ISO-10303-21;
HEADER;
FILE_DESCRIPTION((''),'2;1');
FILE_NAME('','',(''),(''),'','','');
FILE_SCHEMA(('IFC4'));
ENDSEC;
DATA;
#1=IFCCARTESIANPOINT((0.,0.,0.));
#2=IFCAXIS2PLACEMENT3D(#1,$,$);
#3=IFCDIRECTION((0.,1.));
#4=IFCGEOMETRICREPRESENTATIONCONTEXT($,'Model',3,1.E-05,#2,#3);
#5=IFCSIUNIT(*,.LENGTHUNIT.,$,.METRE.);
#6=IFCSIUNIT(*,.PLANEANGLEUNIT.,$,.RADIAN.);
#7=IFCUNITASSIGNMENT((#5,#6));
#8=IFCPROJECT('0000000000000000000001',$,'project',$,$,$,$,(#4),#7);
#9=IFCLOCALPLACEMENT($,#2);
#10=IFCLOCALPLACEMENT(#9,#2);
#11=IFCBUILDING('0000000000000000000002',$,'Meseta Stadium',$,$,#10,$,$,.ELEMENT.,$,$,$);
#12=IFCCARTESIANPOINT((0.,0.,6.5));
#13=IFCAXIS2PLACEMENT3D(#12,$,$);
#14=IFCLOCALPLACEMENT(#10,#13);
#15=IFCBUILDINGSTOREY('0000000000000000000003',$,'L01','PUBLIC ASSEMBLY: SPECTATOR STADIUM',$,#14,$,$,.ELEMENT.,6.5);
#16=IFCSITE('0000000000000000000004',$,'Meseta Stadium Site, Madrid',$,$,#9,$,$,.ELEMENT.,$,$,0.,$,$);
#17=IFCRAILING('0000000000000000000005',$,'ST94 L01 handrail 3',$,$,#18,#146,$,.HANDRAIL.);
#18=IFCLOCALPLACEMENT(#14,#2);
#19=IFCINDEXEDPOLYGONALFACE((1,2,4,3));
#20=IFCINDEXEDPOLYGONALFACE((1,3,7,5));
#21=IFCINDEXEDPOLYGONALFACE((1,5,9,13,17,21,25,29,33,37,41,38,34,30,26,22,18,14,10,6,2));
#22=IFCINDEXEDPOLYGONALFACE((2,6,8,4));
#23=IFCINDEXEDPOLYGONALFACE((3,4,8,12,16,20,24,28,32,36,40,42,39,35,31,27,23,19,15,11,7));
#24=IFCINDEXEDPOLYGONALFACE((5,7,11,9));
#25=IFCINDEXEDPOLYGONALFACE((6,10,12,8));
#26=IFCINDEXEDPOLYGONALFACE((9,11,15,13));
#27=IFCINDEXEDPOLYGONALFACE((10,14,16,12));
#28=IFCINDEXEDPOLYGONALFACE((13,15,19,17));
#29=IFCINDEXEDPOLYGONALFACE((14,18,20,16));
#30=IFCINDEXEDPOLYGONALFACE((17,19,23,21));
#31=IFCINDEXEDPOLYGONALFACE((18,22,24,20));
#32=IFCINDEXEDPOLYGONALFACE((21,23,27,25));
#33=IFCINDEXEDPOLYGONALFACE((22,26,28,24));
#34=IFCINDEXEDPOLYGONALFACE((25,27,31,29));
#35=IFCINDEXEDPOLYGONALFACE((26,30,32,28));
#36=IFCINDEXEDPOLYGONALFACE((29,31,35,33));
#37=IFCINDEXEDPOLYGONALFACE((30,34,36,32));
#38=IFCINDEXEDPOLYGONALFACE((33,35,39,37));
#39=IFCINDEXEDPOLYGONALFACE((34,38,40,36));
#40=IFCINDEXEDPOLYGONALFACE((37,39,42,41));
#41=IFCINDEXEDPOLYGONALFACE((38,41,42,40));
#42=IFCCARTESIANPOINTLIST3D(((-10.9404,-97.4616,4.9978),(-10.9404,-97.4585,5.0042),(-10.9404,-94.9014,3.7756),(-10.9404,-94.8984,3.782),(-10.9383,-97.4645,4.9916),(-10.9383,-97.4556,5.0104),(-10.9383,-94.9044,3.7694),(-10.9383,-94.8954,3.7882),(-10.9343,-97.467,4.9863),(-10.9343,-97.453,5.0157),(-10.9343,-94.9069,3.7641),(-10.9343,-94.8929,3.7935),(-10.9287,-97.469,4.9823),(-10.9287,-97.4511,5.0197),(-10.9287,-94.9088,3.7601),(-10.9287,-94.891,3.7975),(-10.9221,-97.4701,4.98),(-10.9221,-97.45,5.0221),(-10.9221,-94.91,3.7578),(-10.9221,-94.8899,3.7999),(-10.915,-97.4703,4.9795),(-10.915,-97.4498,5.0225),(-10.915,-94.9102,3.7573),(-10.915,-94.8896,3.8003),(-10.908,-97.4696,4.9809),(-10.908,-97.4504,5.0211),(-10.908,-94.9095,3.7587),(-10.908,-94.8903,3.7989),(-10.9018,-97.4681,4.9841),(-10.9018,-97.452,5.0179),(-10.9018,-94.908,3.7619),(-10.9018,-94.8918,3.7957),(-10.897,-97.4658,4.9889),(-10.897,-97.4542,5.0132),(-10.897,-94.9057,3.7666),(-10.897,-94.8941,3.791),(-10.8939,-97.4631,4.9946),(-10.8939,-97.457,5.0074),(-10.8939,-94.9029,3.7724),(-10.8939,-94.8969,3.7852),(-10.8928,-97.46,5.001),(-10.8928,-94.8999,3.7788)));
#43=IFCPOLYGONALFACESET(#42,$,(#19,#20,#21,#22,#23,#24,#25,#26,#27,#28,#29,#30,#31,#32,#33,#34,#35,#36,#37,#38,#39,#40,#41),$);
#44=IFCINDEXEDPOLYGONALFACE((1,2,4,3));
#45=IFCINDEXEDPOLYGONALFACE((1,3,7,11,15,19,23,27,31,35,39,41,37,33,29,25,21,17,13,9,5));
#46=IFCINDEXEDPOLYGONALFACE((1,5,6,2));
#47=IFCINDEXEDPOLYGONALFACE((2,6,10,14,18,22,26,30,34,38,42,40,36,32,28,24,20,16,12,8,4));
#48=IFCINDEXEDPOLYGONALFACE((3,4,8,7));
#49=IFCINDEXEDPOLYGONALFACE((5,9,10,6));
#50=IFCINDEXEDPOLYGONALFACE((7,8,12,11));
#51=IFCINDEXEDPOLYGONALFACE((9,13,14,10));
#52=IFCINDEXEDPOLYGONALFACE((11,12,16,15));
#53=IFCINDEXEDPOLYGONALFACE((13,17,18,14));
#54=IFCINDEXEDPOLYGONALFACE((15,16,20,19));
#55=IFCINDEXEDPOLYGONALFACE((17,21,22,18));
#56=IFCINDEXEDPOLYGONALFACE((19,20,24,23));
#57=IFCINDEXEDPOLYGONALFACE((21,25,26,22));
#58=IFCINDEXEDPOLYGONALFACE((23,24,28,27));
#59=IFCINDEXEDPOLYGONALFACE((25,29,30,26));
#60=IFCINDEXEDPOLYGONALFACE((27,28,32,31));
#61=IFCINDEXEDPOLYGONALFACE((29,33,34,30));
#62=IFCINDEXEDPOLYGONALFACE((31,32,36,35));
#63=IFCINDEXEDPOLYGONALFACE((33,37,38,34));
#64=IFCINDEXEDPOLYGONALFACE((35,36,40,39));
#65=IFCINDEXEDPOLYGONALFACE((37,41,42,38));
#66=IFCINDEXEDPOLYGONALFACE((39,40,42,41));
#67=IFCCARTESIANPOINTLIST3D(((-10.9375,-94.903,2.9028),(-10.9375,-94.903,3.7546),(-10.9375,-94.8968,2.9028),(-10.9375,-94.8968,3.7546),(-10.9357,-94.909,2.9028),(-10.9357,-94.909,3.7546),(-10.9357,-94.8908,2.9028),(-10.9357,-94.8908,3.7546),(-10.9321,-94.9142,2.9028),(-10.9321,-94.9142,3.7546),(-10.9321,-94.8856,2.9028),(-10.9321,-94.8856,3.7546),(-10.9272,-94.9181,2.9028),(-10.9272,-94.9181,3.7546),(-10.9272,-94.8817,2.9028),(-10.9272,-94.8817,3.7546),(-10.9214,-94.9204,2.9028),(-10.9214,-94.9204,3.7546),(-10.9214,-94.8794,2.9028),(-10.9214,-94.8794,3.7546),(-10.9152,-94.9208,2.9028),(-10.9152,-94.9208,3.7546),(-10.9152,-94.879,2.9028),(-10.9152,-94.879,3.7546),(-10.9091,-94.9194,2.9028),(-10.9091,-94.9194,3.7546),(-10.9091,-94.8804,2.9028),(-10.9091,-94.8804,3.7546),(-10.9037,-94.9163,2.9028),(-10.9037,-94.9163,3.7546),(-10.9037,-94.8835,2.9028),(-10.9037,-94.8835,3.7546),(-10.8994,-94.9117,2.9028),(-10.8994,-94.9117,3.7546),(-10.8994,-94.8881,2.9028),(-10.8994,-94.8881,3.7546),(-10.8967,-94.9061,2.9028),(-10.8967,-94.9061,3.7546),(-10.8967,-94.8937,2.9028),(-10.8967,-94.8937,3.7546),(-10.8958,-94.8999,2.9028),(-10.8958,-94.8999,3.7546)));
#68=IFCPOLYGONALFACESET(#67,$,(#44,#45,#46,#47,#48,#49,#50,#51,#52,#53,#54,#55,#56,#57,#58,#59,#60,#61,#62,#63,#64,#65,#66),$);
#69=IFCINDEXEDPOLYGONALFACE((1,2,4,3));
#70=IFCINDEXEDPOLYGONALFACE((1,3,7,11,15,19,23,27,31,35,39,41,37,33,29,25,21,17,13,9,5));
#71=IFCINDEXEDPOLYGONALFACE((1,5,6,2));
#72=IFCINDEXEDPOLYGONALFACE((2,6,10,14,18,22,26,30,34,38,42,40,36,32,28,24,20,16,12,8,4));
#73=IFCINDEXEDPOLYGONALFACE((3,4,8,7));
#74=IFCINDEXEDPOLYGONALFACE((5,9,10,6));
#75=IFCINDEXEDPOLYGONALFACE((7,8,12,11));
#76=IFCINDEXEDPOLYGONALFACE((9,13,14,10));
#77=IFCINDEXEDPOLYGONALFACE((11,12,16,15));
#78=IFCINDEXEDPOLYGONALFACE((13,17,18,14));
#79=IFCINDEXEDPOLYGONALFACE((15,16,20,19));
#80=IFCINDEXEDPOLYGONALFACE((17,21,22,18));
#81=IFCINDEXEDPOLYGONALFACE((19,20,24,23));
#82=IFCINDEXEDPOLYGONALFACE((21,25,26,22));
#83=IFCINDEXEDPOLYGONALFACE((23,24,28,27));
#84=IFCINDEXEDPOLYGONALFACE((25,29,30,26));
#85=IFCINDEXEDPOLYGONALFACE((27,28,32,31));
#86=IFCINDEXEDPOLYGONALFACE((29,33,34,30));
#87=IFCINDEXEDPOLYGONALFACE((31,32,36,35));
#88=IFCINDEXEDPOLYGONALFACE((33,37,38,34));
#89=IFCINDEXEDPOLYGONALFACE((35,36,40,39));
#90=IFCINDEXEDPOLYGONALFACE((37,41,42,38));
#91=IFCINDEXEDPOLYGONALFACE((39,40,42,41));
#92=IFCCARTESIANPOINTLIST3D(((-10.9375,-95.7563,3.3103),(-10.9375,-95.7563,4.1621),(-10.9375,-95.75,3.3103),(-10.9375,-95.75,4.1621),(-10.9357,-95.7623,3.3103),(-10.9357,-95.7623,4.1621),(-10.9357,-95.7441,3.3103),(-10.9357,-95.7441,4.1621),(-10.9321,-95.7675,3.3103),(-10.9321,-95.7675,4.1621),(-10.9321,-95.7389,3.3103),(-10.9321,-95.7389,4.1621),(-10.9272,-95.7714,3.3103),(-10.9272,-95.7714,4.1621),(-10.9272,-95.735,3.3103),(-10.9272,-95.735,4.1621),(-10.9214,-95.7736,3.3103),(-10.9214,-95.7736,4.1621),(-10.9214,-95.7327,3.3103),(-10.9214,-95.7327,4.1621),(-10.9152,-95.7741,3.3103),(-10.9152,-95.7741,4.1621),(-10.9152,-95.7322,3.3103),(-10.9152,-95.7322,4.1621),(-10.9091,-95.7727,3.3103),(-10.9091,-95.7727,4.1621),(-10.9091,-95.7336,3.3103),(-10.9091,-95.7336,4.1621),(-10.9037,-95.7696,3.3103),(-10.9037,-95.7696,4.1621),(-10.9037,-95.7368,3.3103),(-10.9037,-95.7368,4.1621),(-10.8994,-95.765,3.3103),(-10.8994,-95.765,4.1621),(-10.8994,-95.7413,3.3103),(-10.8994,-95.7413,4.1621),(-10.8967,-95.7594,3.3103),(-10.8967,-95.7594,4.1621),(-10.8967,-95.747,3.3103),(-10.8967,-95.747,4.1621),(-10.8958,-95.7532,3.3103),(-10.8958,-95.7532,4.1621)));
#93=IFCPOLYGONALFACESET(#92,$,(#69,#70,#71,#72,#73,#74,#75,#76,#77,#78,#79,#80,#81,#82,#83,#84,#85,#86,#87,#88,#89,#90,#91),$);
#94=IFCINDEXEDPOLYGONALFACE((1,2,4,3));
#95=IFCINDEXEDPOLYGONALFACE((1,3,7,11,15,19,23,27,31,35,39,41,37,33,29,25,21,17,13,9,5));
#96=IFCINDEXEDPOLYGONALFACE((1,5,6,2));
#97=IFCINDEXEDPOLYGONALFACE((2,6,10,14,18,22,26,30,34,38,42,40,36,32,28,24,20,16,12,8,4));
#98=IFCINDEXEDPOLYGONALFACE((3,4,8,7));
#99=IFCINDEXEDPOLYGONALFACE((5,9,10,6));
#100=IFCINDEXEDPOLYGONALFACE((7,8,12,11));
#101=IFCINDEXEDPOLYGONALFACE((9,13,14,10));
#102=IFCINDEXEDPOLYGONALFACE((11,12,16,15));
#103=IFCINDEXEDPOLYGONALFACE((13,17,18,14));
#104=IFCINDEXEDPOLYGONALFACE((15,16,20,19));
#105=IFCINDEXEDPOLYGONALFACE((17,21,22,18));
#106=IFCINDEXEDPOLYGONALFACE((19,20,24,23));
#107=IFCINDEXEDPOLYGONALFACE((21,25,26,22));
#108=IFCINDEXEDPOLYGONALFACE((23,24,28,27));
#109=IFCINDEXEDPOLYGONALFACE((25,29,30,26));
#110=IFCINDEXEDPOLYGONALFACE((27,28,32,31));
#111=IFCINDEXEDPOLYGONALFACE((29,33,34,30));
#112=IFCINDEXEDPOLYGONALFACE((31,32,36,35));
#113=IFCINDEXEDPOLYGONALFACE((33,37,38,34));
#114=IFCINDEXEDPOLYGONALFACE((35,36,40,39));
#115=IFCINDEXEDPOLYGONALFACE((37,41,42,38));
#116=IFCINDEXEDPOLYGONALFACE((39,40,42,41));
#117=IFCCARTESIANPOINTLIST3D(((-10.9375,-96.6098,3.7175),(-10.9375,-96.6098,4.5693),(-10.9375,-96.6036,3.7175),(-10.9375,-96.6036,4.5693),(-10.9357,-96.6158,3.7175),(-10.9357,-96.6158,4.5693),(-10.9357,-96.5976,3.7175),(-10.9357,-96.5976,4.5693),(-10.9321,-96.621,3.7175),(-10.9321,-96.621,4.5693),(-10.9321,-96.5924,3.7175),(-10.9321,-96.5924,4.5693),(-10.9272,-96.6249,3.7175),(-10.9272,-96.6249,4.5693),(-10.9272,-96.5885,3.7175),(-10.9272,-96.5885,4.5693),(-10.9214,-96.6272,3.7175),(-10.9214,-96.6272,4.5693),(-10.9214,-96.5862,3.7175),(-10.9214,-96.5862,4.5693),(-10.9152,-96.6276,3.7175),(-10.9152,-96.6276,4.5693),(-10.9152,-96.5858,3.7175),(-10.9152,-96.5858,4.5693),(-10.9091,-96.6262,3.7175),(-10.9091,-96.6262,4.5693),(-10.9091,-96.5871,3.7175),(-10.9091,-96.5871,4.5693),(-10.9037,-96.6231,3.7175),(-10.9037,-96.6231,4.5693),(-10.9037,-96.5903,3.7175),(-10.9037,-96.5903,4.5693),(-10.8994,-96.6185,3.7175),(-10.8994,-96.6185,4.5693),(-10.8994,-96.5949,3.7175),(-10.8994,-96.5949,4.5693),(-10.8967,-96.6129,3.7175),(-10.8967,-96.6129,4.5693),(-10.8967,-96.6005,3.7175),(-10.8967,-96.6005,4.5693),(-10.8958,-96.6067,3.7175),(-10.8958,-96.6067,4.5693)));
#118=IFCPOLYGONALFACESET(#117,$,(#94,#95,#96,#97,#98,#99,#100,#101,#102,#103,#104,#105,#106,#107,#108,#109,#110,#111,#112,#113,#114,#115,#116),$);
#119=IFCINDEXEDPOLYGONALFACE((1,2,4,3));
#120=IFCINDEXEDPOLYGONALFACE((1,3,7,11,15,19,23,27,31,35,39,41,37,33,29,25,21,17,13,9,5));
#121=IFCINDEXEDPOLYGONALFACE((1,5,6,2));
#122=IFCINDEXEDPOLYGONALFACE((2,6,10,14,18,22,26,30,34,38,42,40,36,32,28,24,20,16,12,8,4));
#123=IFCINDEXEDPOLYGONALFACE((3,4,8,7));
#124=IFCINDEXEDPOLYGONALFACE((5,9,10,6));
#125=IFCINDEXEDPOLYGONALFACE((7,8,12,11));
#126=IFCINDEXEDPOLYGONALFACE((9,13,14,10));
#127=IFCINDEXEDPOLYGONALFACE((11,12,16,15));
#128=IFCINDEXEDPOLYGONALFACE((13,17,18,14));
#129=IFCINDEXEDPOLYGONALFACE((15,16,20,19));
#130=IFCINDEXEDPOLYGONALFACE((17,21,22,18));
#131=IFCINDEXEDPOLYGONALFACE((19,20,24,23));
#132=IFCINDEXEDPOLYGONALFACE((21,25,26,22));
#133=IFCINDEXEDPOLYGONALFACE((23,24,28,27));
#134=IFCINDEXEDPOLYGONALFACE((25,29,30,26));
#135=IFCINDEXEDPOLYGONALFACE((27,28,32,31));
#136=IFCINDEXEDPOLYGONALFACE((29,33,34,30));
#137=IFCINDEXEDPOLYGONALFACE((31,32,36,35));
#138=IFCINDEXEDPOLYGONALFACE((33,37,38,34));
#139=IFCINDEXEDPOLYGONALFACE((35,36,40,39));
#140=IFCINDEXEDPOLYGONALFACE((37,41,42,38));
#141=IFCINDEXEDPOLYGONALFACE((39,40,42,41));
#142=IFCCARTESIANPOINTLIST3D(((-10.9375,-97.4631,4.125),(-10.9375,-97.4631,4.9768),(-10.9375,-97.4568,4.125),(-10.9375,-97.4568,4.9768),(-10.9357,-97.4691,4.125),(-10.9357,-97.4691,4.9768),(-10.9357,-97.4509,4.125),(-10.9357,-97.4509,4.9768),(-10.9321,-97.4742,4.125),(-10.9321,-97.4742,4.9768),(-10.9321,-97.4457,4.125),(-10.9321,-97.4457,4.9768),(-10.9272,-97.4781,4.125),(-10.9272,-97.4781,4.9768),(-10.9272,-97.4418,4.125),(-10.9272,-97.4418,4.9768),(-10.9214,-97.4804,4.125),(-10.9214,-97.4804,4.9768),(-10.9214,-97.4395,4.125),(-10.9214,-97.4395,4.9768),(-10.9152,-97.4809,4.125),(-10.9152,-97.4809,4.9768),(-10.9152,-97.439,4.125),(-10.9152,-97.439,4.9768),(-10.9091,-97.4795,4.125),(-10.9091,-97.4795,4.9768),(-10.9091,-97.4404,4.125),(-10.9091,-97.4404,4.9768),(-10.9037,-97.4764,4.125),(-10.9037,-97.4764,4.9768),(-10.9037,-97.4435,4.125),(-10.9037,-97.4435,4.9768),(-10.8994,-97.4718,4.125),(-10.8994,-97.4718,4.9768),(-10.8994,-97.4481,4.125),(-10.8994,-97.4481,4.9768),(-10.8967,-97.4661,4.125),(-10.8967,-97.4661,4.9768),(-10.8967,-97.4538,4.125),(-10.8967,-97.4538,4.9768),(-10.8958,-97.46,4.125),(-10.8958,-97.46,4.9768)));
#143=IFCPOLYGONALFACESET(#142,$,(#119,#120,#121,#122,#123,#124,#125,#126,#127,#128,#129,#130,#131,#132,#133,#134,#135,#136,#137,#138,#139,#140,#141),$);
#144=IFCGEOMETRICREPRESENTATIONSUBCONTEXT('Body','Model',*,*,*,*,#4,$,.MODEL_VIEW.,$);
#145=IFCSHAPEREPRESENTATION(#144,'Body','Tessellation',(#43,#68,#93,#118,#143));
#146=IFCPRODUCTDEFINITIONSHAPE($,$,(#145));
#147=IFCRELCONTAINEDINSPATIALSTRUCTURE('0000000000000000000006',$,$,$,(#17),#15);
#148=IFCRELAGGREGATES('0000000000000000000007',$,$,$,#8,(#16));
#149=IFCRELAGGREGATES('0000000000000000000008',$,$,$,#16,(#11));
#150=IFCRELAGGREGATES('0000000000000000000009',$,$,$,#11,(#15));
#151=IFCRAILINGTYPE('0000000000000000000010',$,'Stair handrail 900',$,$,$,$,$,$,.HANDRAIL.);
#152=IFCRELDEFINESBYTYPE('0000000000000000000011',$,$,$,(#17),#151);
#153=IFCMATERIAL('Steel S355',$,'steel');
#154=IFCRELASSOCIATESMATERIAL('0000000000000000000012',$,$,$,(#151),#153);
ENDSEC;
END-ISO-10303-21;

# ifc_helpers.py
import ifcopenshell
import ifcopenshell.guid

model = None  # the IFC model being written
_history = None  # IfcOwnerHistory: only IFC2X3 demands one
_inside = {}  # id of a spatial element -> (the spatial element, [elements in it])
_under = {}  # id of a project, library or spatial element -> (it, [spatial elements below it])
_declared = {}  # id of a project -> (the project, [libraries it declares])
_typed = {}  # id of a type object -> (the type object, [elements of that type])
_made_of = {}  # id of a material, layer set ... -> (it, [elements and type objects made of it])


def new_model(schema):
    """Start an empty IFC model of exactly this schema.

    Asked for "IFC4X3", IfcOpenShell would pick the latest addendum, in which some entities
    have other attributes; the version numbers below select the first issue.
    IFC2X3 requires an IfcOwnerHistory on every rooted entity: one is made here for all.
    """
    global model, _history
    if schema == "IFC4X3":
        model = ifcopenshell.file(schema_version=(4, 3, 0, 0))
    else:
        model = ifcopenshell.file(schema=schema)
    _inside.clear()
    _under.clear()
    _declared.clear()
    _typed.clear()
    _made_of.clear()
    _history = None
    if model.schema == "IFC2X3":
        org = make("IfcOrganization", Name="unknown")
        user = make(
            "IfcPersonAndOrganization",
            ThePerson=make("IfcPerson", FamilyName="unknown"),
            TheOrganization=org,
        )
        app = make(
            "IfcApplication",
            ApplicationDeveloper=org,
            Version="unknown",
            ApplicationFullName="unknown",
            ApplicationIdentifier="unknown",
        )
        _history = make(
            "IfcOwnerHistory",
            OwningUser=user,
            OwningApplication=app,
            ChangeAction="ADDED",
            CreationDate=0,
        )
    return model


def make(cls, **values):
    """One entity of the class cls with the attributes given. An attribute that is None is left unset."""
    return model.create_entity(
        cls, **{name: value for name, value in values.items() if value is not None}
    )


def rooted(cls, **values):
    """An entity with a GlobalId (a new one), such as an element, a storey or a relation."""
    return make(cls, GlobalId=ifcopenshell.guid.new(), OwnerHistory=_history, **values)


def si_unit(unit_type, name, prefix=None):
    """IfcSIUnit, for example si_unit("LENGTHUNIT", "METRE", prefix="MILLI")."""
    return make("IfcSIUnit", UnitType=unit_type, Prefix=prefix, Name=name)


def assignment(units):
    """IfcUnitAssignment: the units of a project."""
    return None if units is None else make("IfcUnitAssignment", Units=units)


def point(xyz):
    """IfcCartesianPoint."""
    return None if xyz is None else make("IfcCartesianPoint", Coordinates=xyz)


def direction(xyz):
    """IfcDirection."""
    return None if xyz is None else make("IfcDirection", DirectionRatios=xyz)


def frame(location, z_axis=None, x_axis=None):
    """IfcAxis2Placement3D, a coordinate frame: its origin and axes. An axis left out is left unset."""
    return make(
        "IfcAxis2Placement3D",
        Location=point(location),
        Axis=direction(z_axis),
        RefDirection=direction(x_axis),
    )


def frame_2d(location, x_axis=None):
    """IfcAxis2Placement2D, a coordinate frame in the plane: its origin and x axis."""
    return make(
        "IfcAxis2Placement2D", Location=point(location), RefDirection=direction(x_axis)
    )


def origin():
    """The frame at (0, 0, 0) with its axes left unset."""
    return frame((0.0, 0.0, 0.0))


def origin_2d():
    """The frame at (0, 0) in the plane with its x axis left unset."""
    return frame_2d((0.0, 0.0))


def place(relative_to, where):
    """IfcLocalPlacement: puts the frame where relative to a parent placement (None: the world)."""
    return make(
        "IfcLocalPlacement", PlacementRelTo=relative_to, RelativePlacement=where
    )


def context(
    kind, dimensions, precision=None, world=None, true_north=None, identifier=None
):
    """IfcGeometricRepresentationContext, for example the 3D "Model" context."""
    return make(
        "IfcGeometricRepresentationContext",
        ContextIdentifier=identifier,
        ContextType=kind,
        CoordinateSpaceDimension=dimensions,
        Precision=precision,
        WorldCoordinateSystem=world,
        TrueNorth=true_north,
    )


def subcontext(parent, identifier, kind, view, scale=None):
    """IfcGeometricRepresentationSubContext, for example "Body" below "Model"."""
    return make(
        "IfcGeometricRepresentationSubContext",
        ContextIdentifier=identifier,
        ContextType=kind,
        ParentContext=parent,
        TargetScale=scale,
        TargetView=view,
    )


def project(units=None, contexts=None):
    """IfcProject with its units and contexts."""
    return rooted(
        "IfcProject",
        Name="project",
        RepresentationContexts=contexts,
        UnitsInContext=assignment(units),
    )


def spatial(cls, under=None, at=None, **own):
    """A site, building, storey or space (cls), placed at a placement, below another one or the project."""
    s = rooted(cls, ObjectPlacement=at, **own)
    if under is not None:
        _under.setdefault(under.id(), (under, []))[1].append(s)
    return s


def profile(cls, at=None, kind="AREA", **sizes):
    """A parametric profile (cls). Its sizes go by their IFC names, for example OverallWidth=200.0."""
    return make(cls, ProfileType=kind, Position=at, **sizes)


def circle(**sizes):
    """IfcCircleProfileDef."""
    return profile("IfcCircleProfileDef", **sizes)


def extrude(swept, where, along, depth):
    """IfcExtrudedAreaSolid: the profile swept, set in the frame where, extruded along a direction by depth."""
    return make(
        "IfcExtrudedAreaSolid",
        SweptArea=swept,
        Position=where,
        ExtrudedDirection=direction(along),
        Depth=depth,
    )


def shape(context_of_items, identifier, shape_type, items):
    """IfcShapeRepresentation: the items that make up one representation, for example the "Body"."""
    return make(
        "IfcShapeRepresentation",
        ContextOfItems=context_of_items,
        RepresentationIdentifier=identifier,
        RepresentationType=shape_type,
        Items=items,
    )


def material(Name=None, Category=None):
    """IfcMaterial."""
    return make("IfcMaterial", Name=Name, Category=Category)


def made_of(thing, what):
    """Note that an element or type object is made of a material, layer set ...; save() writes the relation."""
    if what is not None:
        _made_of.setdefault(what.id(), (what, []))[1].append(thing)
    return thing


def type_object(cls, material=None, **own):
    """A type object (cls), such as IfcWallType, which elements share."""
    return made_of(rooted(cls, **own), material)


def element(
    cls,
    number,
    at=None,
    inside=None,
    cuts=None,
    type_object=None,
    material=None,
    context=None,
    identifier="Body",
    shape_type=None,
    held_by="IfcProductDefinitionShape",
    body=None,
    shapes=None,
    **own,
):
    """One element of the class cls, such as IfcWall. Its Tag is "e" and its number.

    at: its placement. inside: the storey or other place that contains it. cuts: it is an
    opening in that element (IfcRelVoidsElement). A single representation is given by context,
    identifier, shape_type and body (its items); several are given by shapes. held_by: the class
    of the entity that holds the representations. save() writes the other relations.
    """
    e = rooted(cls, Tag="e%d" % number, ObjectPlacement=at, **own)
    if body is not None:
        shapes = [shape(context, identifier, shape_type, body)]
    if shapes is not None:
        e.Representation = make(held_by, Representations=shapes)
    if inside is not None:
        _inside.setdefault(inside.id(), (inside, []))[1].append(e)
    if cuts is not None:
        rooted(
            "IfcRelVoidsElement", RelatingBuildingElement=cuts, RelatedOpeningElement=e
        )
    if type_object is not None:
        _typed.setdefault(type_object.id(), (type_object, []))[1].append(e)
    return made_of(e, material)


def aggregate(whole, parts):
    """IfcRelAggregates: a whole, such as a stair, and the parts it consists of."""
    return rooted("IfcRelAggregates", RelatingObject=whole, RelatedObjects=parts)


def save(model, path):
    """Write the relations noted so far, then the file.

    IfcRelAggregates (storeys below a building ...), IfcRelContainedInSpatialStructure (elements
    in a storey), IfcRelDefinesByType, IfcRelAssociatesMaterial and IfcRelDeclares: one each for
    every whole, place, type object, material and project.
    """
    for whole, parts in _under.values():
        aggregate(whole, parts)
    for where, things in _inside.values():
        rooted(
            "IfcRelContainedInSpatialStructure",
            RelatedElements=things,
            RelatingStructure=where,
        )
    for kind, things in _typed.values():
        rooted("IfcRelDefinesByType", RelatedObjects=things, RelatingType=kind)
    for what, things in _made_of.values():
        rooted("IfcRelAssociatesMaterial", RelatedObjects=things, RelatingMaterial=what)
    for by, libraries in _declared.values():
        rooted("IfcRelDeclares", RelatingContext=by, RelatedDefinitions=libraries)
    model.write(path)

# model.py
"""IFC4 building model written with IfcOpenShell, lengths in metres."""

from ifc_helpers import new_model, si_unit, direction, frame, origin, origin_2d, place, context, subcontext, project, spatial, circle, extrude, material, type_object, element, save


model = new_model("IFC4")

# Units and contexts
model_context = context("Model", 3, precision=1e-05, world=origin(), true_north=direction((0.0, 1.0)))
body_context = subcontext(model_context, "Body", "Model", "MODEL_VIEW")
ifc_project = project(units=[si_unit("LENGTHUNIT", "METRE"), si_unit("PLANEANGLEUNIT", "RADIAN")], contexts=[model_context])

# Site, building, storey
site_placement = place(None, origin())
site = spatial("IfcSite", under=ifc_project, at=site_placement, Name="Meseta Stadium Site, Madrid", CompositionType="ELEMENT", RefElevation=0.0)
building_placement = place(site_placement, origin())
building = spatial("IfcBuilding", under=site, at=building_placement, Name="Meseta Stadium", CompositionType="ELEMENT")
storey_placement = place(building_placement, frame((0.0, 0.0, 6.5)))
storey = spatial("IfcBuildingStorey", under=building, at=storey_placement, Name="L01", Description="PUBLIC ASSEMBLY: SPECTATOR STADIUM", CompositionType="ELEMENT", Elevation=6.5)

# Railing
ifc_material_1 = material(Name="Steel S355", Category="steel")
railing_type_1 = type_object("IfcRailingType", Name="Stair handrail 900", PredefinedType="HANDRAIL", material=ifc_material_1)
railing_1_placement = place(storey_placement, frame((-10.9167, -94.8999, 2.9028)))
element("IfcRailing", 1, at=railing_1_placement, inside=storey, type_object=railing_type_1, Name="ST94 L01 handrail 3", PredefinedType="HANDRAIL", context=body_context, shape_type="SweptSolid", body=[
    extrude(circle(Radius=0.0239, at=origin_2d()), frame((0.0, 0.0, 0.876), z_axis=(0.0, -0.902437, 0.430822), x_axis=(1.0, 0.0, 0.0)), (0.0, 0.0, 1.0), 2.8369),
    extrude(circle(Radius=0.021, at=origin_2d()), origin(), (0.0, 0.0, 1.0), 0.8518),
    extrude(circle(Radius=0.021, at=origin_2d()), frame((0.0, -0.8533, 0.4075)), (0.0, 0.0, 1.0), 0.8518),
    extrude(circle(Radius=0.021, at=origin_2d()), frame((0.0, -1.7068, 0.8147)), (0.0, 0.0, 1.0), 0.8518),
    extrude(circle(Radius=0.021, at=origin_2d()), frame((0.0, -2.5601, 1.2222)), (0.0, 0.0, 1.0), 0.8518),
])

save(model, "model.ifc")
